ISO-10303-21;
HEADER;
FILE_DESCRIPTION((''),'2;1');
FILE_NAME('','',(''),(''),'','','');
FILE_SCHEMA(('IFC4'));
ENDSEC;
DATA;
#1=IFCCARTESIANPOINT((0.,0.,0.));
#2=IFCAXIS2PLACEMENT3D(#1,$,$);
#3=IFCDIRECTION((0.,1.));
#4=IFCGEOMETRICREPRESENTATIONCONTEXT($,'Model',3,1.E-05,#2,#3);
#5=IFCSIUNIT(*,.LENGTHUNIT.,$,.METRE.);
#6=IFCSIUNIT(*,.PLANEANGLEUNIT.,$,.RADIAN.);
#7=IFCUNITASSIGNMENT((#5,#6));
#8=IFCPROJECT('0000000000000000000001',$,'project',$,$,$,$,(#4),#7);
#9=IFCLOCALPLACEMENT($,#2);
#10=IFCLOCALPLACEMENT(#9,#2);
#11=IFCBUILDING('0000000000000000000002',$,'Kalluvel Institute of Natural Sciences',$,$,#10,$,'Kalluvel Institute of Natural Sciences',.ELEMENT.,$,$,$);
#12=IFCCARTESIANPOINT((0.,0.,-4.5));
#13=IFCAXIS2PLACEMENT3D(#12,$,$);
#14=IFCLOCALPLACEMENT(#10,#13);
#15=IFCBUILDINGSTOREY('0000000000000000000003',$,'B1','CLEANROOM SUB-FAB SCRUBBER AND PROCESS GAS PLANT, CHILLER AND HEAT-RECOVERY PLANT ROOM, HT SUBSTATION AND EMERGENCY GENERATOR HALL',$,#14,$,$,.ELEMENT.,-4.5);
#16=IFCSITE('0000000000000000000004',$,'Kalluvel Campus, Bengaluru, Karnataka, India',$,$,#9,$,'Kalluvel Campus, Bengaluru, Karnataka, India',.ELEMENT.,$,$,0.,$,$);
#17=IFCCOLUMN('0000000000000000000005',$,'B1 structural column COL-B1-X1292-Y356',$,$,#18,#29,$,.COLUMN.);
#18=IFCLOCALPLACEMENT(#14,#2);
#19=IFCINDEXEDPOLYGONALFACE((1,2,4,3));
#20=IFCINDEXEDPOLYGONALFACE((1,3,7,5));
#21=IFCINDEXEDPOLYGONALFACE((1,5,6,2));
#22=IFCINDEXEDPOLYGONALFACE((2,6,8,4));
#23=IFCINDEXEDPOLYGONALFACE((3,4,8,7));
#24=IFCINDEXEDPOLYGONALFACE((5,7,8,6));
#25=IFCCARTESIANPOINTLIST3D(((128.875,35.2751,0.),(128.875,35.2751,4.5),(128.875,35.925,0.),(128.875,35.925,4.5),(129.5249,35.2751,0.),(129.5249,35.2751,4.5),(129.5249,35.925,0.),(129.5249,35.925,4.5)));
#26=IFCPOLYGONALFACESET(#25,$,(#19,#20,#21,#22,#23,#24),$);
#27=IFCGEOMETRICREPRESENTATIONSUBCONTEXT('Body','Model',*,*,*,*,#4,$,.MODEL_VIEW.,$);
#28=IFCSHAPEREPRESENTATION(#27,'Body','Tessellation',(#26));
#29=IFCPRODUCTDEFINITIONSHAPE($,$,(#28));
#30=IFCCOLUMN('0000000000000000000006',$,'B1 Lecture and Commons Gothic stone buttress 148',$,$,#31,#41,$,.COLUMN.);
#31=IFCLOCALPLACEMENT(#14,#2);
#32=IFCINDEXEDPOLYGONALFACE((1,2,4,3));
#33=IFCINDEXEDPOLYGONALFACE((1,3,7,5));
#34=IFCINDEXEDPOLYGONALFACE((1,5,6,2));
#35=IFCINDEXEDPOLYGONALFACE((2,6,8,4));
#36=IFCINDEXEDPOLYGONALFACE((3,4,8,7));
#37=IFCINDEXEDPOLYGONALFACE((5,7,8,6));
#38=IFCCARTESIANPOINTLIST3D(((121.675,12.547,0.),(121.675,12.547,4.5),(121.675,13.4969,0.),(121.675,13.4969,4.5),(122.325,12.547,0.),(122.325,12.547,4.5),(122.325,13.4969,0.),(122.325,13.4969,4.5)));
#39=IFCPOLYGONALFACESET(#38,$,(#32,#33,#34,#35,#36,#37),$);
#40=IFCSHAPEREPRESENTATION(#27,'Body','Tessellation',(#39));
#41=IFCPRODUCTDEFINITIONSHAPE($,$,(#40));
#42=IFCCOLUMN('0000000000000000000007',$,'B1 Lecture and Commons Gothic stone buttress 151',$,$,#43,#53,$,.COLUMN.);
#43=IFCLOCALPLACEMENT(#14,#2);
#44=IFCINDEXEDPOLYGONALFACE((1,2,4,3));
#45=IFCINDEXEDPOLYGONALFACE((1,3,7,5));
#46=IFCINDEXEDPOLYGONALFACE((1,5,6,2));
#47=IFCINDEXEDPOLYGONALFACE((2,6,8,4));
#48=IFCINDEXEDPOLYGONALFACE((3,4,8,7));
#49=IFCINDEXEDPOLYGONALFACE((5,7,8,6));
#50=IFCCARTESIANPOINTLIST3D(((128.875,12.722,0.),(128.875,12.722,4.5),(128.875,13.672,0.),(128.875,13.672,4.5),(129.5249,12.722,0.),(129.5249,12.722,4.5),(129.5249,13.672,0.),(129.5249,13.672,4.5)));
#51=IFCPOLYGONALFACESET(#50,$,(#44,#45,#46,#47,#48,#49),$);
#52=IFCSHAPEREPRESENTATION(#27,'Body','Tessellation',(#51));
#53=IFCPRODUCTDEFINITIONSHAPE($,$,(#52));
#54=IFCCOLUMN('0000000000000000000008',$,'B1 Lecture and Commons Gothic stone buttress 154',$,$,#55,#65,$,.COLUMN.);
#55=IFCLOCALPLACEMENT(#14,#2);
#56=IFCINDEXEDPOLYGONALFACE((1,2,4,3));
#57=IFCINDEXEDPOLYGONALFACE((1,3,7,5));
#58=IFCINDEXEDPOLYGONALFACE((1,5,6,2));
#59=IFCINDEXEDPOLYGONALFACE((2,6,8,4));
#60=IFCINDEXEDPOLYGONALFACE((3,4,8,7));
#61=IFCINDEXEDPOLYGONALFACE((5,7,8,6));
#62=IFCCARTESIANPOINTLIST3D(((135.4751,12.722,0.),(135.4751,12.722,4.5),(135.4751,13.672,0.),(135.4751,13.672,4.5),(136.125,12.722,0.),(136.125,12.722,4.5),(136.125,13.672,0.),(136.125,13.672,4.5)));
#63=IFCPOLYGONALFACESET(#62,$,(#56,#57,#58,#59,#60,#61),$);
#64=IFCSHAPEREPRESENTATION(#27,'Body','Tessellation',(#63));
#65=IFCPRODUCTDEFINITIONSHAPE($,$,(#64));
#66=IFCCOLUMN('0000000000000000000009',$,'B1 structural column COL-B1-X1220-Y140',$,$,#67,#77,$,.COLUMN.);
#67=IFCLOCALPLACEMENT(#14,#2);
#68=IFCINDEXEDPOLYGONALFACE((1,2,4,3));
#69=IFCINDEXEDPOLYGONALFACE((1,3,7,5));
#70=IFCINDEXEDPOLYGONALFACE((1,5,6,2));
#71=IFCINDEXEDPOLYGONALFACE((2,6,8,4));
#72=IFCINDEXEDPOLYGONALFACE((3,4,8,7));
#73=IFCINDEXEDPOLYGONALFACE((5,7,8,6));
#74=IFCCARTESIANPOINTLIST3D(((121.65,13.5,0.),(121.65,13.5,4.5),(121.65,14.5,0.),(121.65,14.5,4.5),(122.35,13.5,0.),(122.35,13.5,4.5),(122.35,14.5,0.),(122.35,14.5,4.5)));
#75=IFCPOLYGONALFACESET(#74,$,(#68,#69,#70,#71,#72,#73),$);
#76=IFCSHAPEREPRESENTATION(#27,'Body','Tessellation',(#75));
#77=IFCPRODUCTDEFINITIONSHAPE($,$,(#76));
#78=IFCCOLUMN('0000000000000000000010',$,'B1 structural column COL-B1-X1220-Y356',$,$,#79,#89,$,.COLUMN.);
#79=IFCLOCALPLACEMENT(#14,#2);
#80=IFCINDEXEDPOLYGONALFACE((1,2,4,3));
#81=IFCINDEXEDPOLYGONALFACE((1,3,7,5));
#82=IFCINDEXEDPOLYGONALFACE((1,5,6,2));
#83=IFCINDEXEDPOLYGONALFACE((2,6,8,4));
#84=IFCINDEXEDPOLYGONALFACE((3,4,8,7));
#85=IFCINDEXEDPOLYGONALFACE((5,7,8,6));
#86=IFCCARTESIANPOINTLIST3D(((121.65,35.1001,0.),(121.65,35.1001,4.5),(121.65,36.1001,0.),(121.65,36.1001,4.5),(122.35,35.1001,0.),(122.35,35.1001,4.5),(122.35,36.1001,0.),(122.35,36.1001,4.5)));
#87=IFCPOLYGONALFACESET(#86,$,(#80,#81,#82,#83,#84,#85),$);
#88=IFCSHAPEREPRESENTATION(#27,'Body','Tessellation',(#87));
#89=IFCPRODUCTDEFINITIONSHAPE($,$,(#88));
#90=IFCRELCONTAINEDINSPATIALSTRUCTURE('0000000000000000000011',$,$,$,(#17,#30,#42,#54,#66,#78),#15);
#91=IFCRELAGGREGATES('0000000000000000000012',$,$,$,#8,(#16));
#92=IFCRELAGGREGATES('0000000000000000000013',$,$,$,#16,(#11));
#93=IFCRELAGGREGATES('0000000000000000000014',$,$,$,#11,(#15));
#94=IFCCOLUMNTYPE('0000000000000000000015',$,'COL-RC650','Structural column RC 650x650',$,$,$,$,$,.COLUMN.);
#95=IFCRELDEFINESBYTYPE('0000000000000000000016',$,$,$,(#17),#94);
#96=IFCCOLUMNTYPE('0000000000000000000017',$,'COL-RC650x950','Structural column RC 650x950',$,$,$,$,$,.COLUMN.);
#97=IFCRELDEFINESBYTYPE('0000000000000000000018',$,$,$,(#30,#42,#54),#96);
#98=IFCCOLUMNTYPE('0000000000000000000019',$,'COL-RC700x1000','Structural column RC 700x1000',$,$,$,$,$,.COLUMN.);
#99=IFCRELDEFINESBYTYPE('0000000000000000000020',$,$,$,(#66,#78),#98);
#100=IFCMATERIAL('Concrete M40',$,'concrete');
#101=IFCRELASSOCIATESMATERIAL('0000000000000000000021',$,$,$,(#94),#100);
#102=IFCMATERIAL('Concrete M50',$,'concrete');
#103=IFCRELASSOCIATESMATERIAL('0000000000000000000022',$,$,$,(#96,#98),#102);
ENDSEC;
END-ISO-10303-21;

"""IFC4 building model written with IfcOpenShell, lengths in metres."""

from ifc_helpers import new_model, si_unit, direction, frame, origin, origin_2d, place, context, subcontext, project, spatial, rectangle, extrude, material, material_profile, profile_set, type_object, element, save


model = new_model("IFC4")

# Units and contexts
model_context = context("Model", 3, precision=1e-05, world=origin(), true_north=direction((0.0, 1.0)))
body_context = subcontext(model_context, "Body", "Model", "MODEL_VIEW")
ifc_project = project(units=[si_unit("LENGTHUNIT", "METRE"), si_unit("PLANEANGLEUNIT", "RADIAN")], contexts=[model_context])

# Site, building, storey
site_placement = place(None, origin())
site = spatial("IfcSite", under=ifc_project, at=site_placement, Name="Kalluvel Campus, Bengaluru, Karnataka, India", LongName="Kalluvel Campus, Bengaluru, Karnataka, India", CompositionType="ELEMENT", RefElevation=0.0)
building_placement = place(site_placement, origin())
building = spatial("IfcBuilding", under=site, at=building_placement, Name="Kalluvel Institute of Natural Sciences", LongName="Kalluvel Institute of Natural Sciences", CompositionType="ELEMENT")
storey_placement = place(building_placement, frame((0.0, 0.0, -4.5)))
storey = spatial("IfcBuildingStorey", under=building, at=storey_placement, Name="B1", Description="CLEANROOM SUB-FAB SCRUBBER AND PROCESS GAS PLANT, CHILLER AND HEAT-RECOVERY PLANT ROOM, HT SUBSTATION AND EMERGENCY GENERATOR HALL", CompositionType="ELEMENT", Elevation=-4.5)

# Shared definitions
ifc_material_1 = material(Name="Concrete M40", Category="concrete")

# Columns
ifc_material_profile_1 = material_profile(ifc_material_1, rectangle(XDim=0.6499, YDim=0.6499, at=origin_2d()), Name="RC 650x650")
ifc_profile_set_1 = profile_set([ifc_material_profile_1], Name="Concrete M40")
column_type_1 = type_object("IfcColumnType", Name="COL-RC650", Description="Structural column RC 650x650", PredefinedType="COLUMN", material=ifc_profile_set_1)
for number, where, z_axis, x_axis, name in (
    (1, (129.2, 35.6001, 0.0), (0.0, 0.0, 1.0), (1.0, 0.0, 0.0), "B1 structural column COL-B1-X1292-Y356"),
):
    element("IfcColumn", number, at=place(storey_placement, frame(where, z_axis=z_axis, x_axis=x_axis)), inside=storey, type_object=column_type_1, Name=name, PredefinedType="COLUMN", context=body_context, shape_type="SweptSolid", body=[
        extrude(rectangle(XDim=0.6499, YDim=0.6499, at=origin_2d()), origin(), (0.0, 0.0, 1.0), 4.5),
    ])
ifc_material_2 = material(Name="Concrete M50", Category="concrete")
ifc_material_profile_2 = material_profile(ifc_material_2, rectangle(XDim=0.6499, YDim=0.95, at=origin_2d()), Name="RC 650x950")
ifc_profile_set_2 = profile_set([ifc_material_profile_2], Name="Concrete M50")
column_type_2 = type_object("IfcColumnType", Name="COL-RC650x950", Description="Structural column RC 650x950", PredefinedType="COLUMN", material=ifc_profile_set_2)
for number, where, z_axis, x_axis, name in (
    (2, (122.0, 13.022, 0.0), (0.0, 0.0, 1.0), (1.0, 0.0, 0.0), "B1 Lecture and Commons Gothic stone buttress 148"),
    (3, (129.2, 13.197, 0.0), (0.0, 0.0, 1.0), (1.0, 0.0, 0.0), "B1 Lecture and Commons Gothic stone buttress 151"),
    (4, (135.8, 13.197, 0.0), (0.0, 0.0, 1.0), (1.0, 0.0, 0.0), "B1 Lecture and Commons Gothic stone buttress 154"),
):
    element("IfcColumn", number, at=place(storey_placement, frame(where, z_axis=z_axis, x_axis=x_axis)), inside=storey, type_object=column_type_2, Name=name, PredefinedType="COLUMN", context=body_context, shape_type="SweptSolid", body=[
        extrude(rectangle(XDim=0.6499, YDim=0.95, at=origin_2d()), origin(), (0.0, 0.0, 1.0), 4.5),
    ])
ifc_material_profile_3 = material_profile(ifc_material_2, rectangle(XDim=0.7, YDim=1.0, at=origin_2d()), Name="RC 700x1000")
ifc_profile_set_3 = profile_set([ifc_material_profile_3], Name="Concrete M50")
column_type_3 = type_object("IfcColumnType", Name="COL-RC700x1000", Description="Structural column RC 700x1000", PredefinedType="COLUMN", material=ifc_profile_set_3)
for number, where, z_axis, x_axis, name in (
    (5, (122.0, 14.0, 0.0), (0.0, 0.0, 1.0), (1.0, 0.0, 0.0), "B1 structural column COL-B1-X1220-Y140"),
    (6, (122.0, 35.6001, 0.0), (0.0, 0.0, 1.0), (1.0, 0.0, 0.0), "B1 structural column COL-B1-X1220-Y356"),
):
    element("IfcColumn", number, at=place(storey_placement, frame(where, z_axis=z_axis, x_axis=x_axis)), inside=storey, type_object=column_type_3, Name=name, PredefinedType="COLUMN", context=body_context, shape_type="SweptSolid", body=[
        extrude(rectangle(XDim=0.7, YDim=1.0, at=origin_2d()), origin(), (0.0, 0.0, 1.0), 4.5),
    ])

save(model, "model.ifc")
